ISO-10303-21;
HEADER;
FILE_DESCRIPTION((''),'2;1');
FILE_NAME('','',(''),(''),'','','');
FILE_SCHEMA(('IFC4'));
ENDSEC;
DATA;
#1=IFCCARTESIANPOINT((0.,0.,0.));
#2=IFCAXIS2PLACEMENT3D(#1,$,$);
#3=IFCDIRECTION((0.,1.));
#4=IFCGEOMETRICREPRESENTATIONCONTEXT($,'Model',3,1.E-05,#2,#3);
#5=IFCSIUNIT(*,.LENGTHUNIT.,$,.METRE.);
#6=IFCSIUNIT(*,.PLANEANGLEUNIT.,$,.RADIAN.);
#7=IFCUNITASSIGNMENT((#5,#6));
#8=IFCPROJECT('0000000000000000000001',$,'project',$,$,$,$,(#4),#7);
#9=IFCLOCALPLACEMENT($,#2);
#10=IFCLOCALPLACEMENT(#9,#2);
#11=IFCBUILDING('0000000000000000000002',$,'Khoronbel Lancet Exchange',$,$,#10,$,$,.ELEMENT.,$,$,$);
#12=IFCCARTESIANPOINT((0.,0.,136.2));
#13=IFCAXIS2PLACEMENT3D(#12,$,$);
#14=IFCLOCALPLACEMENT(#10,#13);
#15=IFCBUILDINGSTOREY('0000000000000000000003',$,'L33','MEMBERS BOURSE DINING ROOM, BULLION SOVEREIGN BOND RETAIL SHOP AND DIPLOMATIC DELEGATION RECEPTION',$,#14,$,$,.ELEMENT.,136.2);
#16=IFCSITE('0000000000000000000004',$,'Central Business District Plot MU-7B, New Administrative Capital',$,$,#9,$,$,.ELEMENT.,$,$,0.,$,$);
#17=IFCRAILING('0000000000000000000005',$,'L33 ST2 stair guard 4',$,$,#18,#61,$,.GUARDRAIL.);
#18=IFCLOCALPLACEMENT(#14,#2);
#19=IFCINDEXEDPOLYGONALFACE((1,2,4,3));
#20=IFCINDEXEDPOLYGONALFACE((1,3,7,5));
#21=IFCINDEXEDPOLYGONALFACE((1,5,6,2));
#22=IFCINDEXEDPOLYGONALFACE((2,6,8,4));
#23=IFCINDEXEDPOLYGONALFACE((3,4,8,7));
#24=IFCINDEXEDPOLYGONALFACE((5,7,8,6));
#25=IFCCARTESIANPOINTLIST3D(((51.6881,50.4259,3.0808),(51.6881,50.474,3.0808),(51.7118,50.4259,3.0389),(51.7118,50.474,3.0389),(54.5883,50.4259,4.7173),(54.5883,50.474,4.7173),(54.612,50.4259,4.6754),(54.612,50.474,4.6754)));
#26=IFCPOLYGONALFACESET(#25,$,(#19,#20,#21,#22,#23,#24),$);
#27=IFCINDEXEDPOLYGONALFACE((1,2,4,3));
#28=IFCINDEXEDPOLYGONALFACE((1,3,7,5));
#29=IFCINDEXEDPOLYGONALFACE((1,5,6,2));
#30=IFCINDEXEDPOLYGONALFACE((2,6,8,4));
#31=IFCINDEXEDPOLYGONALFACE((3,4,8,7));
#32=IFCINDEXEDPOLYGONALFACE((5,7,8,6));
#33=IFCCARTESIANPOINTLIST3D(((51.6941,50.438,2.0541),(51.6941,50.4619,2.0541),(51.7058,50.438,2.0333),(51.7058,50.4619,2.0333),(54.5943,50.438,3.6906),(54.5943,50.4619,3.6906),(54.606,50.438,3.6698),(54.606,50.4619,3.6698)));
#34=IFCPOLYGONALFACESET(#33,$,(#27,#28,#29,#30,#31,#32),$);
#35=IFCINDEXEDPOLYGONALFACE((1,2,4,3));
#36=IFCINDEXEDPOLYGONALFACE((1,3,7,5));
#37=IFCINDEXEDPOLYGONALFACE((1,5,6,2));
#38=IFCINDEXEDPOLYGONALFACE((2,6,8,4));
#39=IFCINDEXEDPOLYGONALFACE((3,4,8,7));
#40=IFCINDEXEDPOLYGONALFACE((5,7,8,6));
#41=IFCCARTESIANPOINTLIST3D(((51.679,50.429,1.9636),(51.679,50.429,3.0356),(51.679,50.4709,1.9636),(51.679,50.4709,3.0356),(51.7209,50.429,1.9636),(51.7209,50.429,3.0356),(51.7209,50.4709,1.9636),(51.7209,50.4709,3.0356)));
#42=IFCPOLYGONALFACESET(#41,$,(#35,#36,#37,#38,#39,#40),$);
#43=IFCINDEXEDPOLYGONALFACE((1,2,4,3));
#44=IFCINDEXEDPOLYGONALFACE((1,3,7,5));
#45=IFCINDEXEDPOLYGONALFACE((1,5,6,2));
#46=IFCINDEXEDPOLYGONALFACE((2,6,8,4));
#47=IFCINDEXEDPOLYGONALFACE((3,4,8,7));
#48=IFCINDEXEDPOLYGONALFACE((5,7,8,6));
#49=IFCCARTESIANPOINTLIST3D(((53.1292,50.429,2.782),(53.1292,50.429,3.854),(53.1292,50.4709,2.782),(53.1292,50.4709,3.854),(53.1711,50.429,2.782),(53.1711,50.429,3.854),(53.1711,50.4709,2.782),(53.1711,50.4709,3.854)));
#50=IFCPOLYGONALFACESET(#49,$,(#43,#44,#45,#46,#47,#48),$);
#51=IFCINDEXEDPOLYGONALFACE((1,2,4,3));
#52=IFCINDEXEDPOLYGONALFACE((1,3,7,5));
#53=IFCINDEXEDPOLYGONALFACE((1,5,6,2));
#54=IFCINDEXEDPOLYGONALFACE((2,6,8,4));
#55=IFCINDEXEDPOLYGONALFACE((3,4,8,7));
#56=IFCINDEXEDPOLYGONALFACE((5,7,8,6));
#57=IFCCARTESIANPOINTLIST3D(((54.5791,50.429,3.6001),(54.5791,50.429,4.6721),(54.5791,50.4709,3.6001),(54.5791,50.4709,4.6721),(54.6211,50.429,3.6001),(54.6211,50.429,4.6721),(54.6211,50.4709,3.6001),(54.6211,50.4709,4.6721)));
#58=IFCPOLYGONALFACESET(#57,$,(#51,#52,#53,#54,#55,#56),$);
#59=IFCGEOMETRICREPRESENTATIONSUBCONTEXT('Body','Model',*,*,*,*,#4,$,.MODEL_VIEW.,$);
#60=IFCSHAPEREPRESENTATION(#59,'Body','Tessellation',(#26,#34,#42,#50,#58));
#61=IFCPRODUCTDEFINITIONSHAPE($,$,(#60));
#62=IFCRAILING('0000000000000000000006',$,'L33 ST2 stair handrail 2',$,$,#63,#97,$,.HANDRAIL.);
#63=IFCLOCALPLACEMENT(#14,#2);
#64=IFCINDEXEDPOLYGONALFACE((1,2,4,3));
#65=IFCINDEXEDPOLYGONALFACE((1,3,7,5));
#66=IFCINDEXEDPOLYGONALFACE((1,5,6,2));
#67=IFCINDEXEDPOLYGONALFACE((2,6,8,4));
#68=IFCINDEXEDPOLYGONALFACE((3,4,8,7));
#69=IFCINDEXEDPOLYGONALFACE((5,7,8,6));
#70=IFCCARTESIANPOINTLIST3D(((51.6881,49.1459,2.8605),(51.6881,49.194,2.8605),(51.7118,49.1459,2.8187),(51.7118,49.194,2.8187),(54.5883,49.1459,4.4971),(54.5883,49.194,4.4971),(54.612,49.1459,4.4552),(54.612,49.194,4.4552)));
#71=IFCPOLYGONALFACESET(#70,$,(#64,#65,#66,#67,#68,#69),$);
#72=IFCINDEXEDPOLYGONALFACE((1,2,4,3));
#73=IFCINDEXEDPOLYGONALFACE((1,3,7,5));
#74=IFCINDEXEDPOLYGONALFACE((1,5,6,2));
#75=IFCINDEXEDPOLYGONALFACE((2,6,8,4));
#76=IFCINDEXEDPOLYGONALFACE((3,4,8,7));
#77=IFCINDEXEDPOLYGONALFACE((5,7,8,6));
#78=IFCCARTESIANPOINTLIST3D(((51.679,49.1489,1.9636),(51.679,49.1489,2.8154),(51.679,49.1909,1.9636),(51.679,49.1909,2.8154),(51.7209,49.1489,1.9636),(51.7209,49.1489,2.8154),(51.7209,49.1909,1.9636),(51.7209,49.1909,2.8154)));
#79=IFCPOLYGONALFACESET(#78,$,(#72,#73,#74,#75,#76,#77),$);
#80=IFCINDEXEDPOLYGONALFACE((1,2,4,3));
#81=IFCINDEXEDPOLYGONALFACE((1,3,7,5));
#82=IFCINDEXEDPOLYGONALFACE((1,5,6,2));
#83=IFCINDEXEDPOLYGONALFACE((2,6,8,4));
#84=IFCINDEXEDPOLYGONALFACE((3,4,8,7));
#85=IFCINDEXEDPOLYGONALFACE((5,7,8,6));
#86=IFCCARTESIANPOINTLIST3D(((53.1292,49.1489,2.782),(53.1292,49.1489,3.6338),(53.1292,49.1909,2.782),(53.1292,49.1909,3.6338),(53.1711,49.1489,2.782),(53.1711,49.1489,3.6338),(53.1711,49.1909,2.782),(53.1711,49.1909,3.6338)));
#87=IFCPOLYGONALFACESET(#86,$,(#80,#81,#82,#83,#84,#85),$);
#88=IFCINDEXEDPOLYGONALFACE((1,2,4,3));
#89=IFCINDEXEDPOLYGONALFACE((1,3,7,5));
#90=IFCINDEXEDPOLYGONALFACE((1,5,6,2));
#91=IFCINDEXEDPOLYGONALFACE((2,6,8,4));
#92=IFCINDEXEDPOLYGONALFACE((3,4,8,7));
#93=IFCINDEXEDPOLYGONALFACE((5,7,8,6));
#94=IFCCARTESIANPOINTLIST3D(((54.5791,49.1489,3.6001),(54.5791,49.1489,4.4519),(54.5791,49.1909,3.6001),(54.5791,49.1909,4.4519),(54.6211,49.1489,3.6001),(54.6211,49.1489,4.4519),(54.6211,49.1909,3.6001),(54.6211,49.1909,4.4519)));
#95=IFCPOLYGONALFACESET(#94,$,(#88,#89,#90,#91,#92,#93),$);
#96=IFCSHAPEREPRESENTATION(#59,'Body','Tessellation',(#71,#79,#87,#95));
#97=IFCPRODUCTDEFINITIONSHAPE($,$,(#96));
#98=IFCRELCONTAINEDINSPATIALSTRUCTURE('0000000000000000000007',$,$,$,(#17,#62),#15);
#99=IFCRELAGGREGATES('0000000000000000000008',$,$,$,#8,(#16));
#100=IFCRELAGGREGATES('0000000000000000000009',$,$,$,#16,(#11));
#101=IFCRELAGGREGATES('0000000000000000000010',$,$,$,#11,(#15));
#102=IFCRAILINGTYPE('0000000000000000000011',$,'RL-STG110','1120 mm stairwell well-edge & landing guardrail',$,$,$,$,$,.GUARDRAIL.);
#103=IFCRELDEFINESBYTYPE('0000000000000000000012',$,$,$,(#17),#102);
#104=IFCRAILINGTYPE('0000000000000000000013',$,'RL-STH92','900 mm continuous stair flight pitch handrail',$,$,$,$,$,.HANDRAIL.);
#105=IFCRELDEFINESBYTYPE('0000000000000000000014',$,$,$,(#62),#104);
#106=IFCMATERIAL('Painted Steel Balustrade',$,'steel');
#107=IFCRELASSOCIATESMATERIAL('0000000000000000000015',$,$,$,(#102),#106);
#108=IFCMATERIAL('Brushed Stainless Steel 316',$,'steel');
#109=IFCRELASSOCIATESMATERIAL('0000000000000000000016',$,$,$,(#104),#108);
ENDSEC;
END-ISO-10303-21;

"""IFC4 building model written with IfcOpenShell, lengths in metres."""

from ifc_helpers import new_model, si_unit, direction, frame, origin, origin_2d, place, context, subcontext, project, spatial, rectangle, extrude, material, type_object, element, save


model = new_model("IFC4")

# Units and contexts
model_context = context("Model", 3, precision=1e-05, world=origin(), true_north=direction((0.0, 1.0)))
body_context = subcontext(model_context, "Body", "Model", "MODEL_VIEW")
ifc_project = project(units=[si_unit("LENGTHUNIT", "METRE"), si_unit("PLANEANGLEUNIT", "RADIAN")], contexts=[model_context])

# Site, building, storey
site_placement = place(None, origin())
site = spatial("IfcSite", under=ifc_project, at=site_placement, Name="Central Business District Plot MU-7B, New Administrative Capital", CompositionType="ELEMENT", RefElevation=0.0)
building_placement = place(site_placement, origin())
building = spatial("IfcBuilding", under=site, at=building_placement, Name="Khoronbel Lancet Exchange", CompositionType="ELEMENT")
storey_placement = place(building_placement, frame((0.0, 0.0, 136.2)))
storey = spatial("IfcBuildingStorey", under=building, at=storey_placement, Name="L33", Description="MEMBERS BOURSE DINING ROOM, BULLION SOVEREIGN BOND RETAIL SHOP AND DIPLOMATIC DELEGATION RECEPTION", CompositionType="ELEMENT", Elevation=136.2)

# Railings
ifc_material_1 = material(Name="Painted Steel Balustrade", Category="steel")
railing_type_1 = type_object("IfcRailingType", Name="RL-STG110", Description="1120 mm stairwell well-edge & landing guardrail", PredefinedType="GUARDRAIL", material=ifc_material_1)
railing_1_placement = place(storey_placement, frame((51.7, 50.45, 1.9636)))
element("IfcRailing", 1, at=railing_1_placement, inside=storey, type_object=railing_type_1, Name="L33 ST2 stair guard 4", PredefinedType="GUARDRAIL", context=body_context, shape_type="SweptSolid", body=[
    extrude(rectangle(XDim=0.0481, YDim=0.0481, at=origin_2d()), frame((0.0, 0.0, 1.0962), z_axis=(0.870915, 0.0, 0.491434), x_axis=(0.0, 1.0, 0.0)), (0.0, 0.0, 1.0), 3.3301),
    extrude(rectangle(XDim=0.0239, YDim=0.0239, at=origin_2d()), frame((0.0, 0.0, 0.0801), z_axis=(0.870915, 0.0, 0.491434), x_axis=(0.0, 1.0, 0.0)), (0.0, 0.0, 1.0), 3.3301),
    extrude(rectangle(XDim=0.042, YDim=0.042, at=origin_2d()), origin(), (0.0, 0.0, 1.0), 1.072),
    extrude(rectangle(XDim=0.042, YDim=0.042, at=origin_2d()), frame((1.4502, 0.0, 0.8184)), (0.0, 0.0, 1.0), 1.072),
    extrude(rectangle(XDim=0.042, YDim=0.042, at=origin_2d()), frame((2.9001, 0.0, 1.6365)), (0.0, 0.0, 1.0), 1.072),
])
ifc_material_2 = material(Name="Brushed Stainless Steel 316", Category="steel")
railing_type_2 = type_object("IfcRailingType", Name="RL-STH92", Description="900 mm continuous stair flight pitch handrail", PredefinedType="HANDRAIL", material=ifc_material_2)
railing_2_placement = place(storey_placement, frame((51.7, 49.1699, 1.9636)))
element("IfcRailing", 2, at=railing_2_placement, inside=storey, type_object=railing_type_2, Name="L33 ST2 stair handrail 2", PredefinedType="HANDRAIL", context=body_context, shape_type="SweptSolid", body=[
    extrude(rectangle(XDim=0.0481, YDim=0.0481, at=origin_2d()), frame((0.0, 0.0, 0.876), z_axis=(0.870915, 0.0, 0.491434), x_axis=(0.0, 1.0, 0.0)), (0.0, 0.0, 1.0), 3.3301),
    extrude(rectangle(XDim=0.042, YDim=0.042, at=origin_2d()), origin(), (0.0, 0.0, 1.0), 0.8518),
    extrude(rectangle(XDim=0.042, YDim=0.042, at=origin_2d()), frame((1.4502, 0.0, 0.8184)), (0.0, 0.0, 1.0), 0.8518),
    extrude(rectangle(XDim=0.042, YDim=0.042, at=origin_2d()), frame((2.9001, 0.0, 1.6365)), (0.0, 0.0, 1.0), 0.8518),
])

save(model, "model.ifc")
